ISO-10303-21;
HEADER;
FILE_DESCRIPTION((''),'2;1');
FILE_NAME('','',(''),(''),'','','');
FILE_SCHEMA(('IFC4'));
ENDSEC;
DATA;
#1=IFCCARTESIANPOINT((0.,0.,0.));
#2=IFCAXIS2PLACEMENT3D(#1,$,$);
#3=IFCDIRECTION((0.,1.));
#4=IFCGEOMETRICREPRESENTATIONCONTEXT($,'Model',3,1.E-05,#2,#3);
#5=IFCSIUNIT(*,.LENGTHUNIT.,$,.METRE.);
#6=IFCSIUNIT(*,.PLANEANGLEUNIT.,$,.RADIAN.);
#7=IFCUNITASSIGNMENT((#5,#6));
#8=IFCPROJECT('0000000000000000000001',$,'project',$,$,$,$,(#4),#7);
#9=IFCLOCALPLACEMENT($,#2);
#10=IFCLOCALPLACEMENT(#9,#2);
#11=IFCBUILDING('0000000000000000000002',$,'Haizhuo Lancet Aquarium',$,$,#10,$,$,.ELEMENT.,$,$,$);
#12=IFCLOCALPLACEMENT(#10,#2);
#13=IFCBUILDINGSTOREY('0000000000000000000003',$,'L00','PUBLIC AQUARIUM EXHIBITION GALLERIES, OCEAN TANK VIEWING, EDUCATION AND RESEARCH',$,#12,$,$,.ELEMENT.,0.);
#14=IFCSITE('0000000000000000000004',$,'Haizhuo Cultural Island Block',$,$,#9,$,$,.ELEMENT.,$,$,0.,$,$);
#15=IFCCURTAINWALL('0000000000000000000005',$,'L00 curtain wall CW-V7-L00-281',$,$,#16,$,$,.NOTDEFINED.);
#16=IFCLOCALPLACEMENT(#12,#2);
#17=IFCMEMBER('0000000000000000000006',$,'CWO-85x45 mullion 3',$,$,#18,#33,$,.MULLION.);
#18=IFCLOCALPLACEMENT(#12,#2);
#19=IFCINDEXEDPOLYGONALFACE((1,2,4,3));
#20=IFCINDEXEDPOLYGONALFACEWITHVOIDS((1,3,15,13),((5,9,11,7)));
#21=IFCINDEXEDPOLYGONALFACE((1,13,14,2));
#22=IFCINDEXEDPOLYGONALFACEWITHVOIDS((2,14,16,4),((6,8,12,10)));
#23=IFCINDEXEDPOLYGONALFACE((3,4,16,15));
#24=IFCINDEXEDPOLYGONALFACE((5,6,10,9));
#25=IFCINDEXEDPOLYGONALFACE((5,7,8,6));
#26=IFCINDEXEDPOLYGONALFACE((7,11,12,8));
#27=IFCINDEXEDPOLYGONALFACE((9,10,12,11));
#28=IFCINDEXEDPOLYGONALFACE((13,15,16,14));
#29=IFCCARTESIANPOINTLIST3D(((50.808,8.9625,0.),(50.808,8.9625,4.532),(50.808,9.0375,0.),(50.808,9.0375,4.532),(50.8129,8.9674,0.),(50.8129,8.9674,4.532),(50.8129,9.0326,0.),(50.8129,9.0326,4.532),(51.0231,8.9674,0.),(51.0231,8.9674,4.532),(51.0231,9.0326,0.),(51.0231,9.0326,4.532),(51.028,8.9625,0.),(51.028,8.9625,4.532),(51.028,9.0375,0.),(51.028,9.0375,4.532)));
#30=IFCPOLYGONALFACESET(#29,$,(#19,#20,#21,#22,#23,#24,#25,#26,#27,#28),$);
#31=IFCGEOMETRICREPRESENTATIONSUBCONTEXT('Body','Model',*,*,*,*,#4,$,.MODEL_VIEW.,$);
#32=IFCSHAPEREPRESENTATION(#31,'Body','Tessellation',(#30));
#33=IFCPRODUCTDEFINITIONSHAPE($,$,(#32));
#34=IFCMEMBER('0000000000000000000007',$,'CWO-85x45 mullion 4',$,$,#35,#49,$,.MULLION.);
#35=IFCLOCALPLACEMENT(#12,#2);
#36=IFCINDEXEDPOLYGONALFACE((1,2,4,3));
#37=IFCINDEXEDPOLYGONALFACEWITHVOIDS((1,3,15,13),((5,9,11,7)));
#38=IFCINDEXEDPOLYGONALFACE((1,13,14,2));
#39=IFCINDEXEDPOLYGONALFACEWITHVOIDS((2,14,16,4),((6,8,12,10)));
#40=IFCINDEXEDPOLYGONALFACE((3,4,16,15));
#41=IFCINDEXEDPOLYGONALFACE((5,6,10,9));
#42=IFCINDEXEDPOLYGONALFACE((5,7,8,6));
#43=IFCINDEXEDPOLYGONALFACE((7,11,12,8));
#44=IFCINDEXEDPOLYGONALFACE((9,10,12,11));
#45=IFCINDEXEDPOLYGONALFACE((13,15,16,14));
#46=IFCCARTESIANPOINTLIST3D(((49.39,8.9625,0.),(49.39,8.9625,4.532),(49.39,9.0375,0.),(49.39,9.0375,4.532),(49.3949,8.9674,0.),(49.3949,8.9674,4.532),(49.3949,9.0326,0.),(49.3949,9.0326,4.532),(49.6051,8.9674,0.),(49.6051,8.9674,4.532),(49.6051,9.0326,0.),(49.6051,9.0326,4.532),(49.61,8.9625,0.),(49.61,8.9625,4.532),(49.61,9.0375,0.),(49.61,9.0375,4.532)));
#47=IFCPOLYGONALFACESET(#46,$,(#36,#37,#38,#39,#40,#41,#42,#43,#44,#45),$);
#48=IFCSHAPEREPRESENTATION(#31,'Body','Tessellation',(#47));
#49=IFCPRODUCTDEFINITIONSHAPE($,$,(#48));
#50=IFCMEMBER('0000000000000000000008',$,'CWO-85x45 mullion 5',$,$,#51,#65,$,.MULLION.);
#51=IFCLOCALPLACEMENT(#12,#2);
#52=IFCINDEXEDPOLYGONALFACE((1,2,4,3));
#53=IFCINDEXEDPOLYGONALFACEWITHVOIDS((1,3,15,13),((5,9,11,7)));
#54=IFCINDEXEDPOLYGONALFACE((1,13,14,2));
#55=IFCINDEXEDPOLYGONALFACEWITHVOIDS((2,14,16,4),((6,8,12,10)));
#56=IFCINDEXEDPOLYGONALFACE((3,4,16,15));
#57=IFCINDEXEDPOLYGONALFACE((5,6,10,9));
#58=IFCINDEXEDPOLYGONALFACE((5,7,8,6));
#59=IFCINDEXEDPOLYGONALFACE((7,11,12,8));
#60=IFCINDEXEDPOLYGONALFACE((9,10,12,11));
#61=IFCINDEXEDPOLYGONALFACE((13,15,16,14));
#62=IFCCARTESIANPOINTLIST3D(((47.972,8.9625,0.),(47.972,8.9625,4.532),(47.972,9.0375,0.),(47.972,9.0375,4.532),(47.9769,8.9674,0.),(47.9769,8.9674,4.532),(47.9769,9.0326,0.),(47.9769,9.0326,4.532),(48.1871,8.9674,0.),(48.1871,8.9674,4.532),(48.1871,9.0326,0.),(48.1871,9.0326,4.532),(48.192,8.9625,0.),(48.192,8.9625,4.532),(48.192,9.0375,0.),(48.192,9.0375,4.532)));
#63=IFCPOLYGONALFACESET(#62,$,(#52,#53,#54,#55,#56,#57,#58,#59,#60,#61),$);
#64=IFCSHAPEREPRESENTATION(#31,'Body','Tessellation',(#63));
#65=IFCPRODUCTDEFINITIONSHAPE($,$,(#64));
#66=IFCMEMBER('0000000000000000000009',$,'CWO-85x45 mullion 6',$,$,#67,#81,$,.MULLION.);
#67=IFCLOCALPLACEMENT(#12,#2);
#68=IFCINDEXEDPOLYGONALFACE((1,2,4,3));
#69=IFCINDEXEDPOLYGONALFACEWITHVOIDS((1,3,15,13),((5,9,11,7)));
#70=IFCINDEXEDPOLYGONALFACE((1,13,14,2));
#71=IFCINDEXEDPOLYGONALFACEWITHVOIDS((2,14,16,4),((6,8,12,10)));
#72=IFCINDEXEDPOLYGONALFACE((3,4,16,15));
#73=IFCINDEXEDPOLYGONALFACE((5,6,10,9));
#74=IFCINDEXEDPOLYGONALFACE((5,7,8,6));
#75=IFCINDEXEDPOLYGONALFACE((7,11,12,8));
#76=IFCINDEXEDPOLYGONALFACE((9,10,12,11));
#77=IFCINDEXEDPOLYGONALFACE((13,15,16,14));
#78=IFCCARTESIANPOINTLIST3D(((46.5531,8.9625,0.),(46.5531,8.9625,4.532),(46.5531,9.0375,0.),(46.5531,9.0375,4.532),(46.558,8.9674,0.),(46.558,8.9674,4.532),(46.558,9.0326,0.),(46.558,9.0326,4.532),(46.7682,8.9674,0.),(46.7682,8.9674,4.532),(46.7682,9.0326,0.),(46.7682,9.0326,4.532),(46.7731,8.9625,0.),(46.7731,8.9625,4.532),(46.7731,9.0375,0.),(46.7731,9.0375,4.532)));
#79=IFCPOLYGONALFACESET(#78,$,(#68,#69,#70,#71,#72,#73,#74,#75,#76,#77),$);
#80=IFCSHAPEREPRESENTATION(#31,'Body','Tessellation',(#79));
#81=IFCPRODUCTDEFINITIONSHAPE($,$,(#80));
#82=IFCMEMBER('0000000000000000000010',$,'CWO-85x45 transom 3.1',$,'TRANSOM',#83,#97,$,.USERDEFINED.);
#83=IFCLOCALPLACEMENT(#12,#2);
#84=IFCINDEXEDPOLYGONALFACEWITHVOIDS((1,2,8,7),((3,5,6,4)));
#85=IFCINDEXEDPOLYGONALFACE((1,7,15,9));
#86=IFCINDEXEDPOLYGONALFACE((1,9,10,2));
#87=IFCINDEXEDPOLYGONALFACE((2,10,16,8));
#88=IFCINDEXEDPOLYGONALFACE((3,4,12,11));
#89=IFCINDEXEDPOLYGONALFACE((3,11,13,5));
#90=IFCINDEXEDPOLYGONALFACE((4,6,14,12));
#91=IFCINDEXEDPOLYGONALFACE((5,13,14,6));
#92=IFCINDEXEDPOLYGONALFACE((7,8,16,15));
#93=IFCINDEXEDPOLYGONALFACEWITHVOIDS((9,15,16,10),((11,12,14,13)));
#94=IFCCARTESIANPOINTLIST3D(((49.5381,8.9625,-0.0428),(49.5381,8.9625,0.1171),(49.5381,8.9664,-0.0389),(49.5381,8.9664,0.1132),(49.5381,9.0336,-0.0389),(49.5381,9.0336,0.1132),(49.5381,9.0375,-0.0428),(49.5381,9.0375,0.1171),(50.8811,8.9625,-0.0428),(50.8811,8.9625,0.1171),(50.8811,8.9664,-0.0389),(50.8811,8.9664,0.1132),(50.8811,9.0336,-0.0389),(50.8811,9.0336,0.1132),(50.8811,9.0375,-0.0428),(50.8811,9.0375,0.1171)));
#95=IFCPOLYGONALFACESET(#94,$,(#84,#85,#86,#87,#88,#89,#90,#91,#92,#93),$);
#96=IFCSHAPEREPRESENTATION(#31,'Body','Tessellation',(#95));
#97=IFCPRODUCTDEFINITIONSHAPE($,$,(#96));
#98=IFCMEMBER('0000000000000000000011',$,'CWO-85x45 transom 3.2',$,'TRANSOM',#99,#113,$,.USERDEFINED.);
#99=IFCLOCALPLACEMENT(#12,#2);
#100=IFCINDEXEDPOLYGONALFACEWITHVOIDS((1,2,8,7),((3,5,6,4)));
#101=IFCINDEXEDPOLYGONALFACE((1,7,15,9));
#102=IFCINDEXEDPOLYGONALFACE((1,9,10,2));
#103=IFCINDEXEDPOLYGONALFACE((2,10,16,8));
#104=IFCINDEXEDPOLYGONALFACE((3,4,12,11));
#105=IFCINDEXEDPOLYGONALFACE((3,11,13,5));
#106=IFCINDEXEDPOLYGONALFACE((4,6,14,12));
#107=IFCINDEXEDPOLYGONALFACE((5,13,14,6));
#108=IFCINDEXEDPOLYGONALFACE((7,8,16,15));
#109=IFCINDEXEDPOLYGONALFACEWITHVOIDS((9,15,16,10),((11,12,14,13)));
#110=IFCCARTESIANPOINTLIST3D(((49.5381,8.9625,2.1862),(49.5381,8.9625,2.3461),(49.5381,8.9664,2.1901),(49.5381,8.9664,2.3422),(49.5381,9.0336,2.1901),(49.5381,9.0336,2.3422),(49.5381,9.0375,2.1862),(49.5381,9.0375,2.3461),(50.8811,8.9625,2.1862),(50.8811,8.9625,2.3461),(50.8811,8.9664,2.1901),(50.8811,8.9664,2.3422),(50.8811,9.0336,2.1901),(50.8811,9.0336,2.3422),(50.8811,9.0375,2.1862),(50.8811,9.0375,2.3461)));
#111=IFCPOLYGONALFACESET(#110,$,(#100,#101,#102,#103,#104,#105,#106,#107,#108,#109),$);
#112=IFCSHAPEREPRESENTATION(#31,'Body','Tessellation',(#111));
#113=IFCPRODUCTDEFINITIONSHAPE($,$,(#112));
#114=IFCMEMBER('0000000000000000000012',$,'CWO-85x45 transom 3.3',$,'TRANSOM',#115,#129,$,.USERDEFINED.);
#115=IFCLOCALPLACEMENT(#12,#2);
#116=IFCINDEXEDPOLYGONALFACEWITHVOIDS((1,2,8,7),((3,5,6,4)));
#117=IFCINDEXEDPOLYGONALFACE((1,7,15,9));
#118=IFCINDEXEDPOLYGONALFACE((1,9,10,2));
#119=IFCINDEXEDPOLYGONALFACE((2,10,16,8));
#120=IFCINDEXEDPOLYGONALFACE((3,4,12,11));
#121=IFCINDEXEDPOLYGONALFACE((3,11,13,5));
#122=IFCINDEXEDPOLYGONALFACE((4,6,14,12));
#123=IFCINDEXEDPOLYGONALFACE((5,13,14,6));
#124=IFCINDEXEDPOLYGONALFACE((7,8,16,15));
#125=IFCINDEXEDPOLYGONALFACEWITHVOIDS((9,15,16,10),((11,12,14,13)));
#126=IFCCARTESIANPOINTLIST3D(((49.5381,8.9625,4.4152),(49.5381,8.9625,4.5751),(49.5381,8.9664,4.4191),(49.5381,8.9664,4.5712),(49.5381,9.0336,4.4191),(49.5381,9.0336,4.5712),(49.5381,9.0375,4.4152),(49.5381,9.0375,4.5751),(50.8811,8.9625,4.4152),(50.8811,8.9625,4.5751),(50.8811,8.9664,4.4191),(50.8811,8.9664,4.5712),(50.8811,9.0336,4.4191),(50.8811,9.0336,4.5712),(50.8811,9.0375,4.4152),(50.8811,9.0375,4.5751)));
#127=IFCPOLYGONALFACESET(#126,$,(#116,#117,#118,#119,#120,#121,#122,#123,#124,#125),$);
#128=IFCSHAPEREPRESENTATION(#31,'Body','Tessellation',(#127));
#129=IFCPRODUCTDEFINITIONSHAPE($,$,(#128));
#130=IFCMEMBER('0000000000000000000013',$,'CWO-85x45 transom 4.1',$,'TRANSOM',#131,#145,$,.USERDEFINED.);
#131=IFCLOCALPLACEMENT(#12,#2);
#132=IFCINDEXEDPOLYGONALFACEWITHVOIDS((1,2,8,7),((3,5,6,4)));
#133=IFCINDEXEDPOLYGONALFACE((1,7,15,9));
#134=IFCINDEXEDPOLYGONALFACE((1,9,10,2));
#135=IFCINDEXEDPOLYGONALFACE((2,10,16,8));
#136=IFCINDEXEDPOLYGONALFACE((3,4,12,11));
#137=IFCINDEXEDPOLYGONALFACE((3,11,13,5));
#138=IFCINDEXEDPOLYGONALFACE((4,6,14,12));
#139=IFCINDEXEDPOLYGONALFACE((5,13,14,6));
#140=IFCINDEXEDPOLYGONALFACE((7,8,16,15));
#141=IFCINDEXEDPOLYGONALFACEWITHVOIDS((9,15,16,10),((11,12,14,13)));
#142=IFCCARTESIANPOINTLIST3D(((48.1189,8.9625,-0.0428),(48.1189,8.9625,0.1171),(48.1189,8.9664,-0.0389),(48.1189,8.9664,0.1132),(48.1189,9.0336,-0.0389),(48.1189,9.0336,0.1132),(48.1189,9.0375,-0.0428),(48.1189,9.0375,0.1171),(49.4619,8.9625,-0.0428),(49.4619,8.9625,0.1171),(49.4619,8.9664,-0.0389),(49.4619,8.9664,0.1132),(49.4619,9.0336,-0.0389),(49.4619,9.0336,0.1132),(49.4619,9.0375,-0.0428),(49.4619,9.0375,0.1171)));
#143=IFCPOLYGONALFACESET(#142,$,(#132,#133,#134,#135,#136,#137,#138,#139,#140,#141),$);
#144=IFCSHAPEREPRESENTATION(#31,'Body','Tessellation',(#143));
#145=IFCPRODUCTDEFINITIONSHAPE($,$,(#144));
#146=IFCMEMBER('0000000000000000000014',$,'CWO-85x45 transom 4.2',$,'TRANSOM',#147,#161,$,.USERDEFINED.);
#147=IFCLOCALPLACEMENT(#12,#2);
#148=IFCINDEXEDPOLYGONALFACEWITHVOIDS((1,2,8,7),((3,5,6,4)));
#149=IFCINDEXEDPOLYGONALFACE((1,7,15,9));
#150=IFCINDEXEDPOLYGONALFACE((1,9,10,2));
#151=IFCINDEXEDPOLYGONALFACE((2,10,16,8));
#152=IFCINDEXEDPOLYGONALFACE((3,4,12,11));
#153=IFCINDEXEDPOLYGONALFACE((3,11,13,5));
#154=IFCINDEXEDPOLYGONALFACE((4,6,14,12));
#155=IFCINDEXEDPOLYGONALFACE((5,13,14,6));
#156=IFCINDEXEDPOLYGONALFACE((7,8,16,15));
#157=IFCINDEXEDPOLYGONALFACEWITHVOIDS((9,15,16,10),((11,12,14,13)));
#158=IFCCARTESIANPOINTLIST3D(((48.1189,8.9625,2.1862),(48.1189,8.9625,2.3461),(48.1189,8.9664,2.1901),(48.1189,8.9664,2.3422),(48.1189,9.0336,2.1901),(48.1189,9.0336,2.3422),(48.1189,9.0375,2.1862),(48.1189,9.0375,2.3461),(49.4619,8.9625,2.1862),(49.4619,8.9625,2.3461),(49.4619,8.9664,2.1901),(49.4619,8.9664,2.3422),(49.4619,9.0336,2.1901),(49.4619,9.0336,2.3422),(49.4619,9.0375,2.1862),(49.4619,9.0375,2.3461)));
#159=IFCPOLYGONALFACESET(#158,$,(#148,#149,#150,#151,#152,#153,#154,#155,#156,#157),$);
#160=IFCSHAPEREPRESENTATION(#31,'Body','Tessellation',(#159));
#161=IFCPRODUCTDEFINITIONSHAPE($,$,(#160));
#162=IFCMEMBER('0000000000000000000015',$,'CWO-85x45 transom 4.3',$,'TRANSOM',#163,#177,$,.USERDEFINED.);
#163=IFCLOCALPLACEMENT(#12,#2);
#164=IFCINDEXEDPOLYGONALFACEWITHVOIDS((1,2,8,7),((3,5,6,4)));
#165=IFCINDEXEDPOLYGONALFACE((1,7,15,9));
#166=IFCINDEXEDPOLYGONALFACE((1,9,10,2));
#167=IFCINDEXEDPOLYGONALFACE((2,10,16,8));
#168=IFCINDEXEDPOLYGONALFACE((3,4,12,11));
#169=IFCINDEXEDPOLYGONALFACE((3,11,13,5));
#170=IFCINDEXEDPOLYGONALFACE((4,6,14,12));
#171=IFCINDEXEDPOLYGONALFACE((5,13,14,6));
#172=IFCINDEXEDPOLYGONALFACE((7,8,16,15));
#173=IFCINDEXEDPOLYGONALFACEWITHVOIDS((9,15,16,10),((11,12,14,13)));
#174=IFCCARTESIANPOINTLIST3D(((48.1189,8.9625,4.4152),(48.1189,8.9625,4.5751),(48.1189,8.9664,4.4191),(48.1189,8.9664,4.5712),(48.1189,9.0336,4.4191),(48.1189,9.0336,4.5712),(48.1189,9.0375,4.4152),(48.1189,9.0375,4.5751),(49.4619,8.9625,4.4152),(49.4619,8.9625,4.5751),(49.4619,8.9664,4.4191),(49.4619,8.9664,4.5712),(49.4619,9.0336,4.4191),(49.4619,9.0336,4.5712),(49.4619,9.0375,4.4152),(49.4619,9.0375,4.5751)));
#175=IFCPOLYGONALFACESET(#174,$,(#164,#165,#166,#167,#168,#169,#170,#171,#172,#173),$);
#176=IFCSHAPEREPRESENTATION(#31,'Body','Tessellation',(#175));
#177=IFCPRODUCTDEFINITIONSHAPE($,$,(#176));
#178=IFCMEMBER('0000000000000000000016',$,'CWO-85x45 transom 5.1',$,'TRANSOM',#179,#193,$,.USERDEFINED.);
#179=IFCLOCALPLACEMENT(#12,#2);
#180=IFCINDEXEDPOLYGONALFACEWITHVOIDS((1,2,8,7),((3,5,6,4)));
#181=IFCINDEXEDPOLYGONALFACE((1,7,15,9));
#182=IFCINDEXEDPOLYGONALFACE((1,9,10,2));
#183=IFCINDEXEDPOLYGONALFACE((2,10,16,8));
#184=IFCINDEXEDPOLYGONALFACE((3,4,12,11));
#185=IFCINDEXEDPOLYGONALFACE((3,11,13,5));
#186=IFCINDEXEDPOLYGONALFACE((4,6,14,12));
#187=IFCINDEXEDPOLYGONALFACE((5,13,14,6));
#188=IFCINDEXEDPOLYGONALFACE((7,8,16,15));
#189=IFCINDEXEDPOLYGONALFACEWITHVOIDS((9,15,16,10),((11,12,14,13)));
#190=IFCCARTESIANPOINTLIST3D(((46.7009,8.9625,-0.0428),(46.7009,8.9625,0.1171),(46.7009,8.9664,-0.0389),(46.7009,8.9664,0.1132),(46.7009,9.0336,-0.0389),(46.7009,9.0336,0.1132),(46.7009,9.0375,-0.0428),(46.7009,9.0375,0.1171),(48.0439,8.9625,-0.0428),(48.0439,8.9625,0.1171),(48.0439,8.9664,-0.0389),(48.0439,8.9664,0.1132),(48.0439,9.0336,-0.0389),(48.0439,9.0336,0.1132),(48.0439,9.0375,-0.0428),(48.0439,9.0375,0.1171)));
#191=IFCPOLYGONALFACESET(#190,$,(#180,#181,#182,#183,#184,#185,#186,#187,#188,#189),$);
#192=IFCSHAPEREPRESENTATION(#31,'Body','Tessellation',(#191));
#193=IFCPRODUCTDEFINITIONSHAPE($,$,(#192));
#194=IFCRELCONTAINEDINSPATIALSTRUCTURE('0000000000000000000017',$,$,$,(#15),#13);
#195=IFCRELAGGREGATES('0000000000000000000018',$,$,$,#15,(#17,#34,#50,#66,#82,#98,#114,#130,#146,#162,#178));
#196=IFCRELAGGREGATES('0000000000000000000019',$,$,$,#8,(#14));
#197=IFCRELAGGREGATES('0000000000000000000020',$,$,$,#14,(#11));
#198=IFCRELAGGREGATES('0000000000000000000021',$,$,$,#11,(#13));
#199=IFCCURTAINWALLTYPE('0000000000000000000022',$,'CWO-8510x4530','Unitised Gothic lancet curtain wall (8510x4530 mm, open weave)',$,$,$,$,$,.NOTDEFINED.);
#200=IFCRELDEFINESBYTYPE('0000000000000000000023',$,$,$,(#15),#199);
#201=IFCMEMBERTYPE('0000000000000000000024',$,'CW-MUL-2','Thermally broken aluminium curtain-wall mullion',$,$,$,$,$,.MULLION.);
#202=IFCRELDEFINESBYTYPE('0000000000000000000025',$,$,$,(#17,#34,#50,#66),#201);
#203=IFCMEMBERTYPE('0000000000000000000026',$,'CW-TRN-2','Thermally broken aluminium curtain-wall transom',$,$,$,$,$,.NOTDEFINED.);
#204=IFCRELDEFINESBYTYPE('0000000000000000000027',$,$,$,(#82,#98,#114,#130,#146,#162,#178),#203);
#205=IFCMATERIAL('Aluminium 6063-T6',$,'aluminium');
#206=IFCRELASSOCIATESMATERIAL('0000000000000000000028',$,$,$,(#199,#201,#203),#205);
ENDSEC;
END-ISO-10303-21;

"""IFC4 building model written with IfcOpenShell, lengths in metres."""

from ifc_helpers import new_model, si_unit, direction, frame, origin, origin_2d, place, context, subcontext, project, spatial, hollow_rectangle, extrude, material, material_profile, profile_set, type_object, element, aggregate, save


model = new_model("IFC4")

# Units and contexts
model_context = context("Model", 3, precision=1e-05, world=origin(), true_north=direction((0.0, 1.0)))
body_context = subcontext(model_context, "Body", "Model", "MODEL_VIEW")
ifc_project = project(units=[si_unit("LENGTHUNIT", "METRE"), si_unit("PLANEANGLEUNIT", "RADIAN")], contexts=[model_context])

# Site, building, storey
site_placement = place(None, origin())
site = spatial("IfcSite", under=ifc_project, at=site_placement, Name="Haizhuo Cultural Island Block", CompositionType="ELEMENT", RefElevation=0.0)
building_placement = place(site_placement, origin())
building = spatial("IfcBuilding", under=site, at=building_placement, Name="Haizhuo Lancet Aquarium", CompositionType="ELEMENT")
storey_placement = place(building_placement, origin())
storey = spatial("IfcBuildingStorey", under=building, at=storey_placement, Name="L00", Description="PUBLIC AQUARIUM EXHIBITION GALLERIES, OCEAN TANK VIEWING, EDUCATION AND RESEARCH", CompositionType="ELEMENT", Elevation=0.0)

# Curtain wall, members
ifc_material_1 = material(Name="Aluminium 6063-T6", Category="aluminium")
curtain_wall_type = type_object("IfcCurtainWallType", Name="CWO-8510x4530", Description="Unitised Gothic lancet curtain wall (8510x4530 mm, open weave)", PredefinedType="NOTDEFINED", material=ifc_material_1)
curtain_wall_placement = place(storey_placement, origin())
curtain_wall = element("IfcCurtainWall", 1, at=curtain_wall_placement, inside=storey, type_object=curtain_wall_type, Name="L00 curtain wall CW-V7-L00-281", PredefinedType="NOTDEFINED")
ifc_material_profile_1 = material_profile(ifc_material_1, hollow_rectangle(XDim=0.075, YDim=0.22, WallThickness=0.0049, at=origin_2d()), Name="ALU-M 75x220x5")
ifc_profile_set_1 = profile_set([ifc_material_profile_1], Name="Aluminium 6063-T6")
member_type_1 = type_object("IfcMemberType", Name="CW-MUL-2", Description="Thermally broken aluminium curtain-wall mullion", PredefinedType="MULLION", material=ifc_profile_set_1)
member_1_placement = place(storey_placement, frame((50.918, 9.0, 0.0), z_axis=(0.0, 0.0, 1.0), x_axis=(0.0, -1.0, 0.0)))
member_1 = element("IfcMember", 2, at=member_1_placement, type_object=member_type_1, Name="CWO-85x45 mullion 3", PredefinedType="MULLION", context=body_context, shape_type="SweptSolid", body=[
    extrude(hollow_rectangle(XDim=0.075, YDim=0.22, WallThickness=0.0049, at=origin_2d()), origin(), (0.0, 0.0, 1.0), 4.532),
])
member_2_placement = place(storey_placement, frame((49.5, 9.0, 0.0), z_axis=(0.0, 0.0, 1.0), x_axis=(0.0, -1.0, 0.0)))
member_2 = element("IfcMember", 3, at=member_2_placement, type_object=member_type_1, Name="CWO-85x45 mullion 4", PredefinedType="MULLION", context=body_context, shape_type="SweptSolid", body=[
    extrude(hollow_rectangle(XDim=0.075, YDim=0.22, WallThickness=0.0049, at=origin_2d()), origin(), (0.0, 0.0, 1.0), 4.532),
])
member_3_placement = place(storey_placement, frame((48.082, 9.0, 0.0), z_axis=(0.0, 0.0, 1.0), x_axis=(0.0, -1.0, 0.0)))
member_3 = element("IfcMember", 4, at=member_3_placement, type_object=member_type_1, Name="CWO-85x45 mullion 5", PredefinedType="MULLION", context=body_context, shape_type="SweptSolid", body=[
    extrude(hollow_rectangle(XDim=0.075, YDim=0.22, WallThickness=0.0049, at=origin_2d()), origin(), (0.0, 0.0, 1.0), 4.532),
])
member_4_placement = place(storey_placement, frame((46.6631, 9.0, 0.0), z_axis=(0.0, 0.0, 1.0), x_axis=(0.0, -1.0, 0.0)))
member_4 = element("IfcMember", 5, at=member_4_placement, type_object=member_type_1, Name="CWO-85x45 mullion 6", PredefinedType="MULLION", context=body_context, shape_type="SweptSolid", body=[
    extrude(hollow_rectangle(XDim=0.075, YDim=0.22, WallThickness=0.0049, at=origin_2d()), origin(), (0.0, 0.0, 1.0), 4.532),
])
ifc_material_profile_2 = material_profile(ifc_material_1, hollow_rectangle(XDim=0.075, YDim=0.1599, WallThickness=0.0039, at=origin_2d()), Name="ALU-T 75x160x4")
ifc_profile_set_2 = profile_set([ifc_material_profile_2], Name="Aluminium 6063-T6")
member_type_2 = type_object("IfcMemberType", Name="CW-TRN-2", Description="Thermally broken aluminium curtain-wall transom", PredefinedType="NOTDEFINED", material=ifc_profile_set_2)
member_5_placement = place(storey_placement, frame((50.8811, 9.0, 0.0371), z_axis=(-1.0, 0.0, 0.0), x_axis=(0.0, -1.0, 0.0)))
member_5 = element("IfcMember", 6, at=member_5_placement, type_object=member_type_2, Name="CWO-85x45 transom 3.1", ObjectType="TRANSOM", PredefinedType="USERDEFINED", context=body_context, shape_type="SweptSolid", body=[
    extrude(hollow_rectangle(XDim=0.075, YDim=0.1599, WallThickness=0.0039, at=origin_2d()), origin(), (0.0, 0.0, 1.0), 1.343),
])
member_6_placement = place(storey_placement, frame((50.8811, 9.0, 2.2661), z_axis=(-1.0, 0.0, 0.0), x_axis=(0.0, -1.0, 0.0)))
member_6 = element("IfcMember", 7, at=member_6_placement, type_object=member_type_2, Name="CWO-85x45 transom 3.2", ObjectType="TRANSOM", PredefinedType="USERDEFINED", context=body_context, shape_type="SweptSolid", body=[
    extrude(hollow_rectangle(XDim=0.075, YDim=0.1599, WallThickness=0.0039, at=origin_2d()), origin(), (0.0, 0.0, 1.0), 1.343),
])
member_7_placement = place(storey_placement, frame((50.8811, 9.0, 4.4951), z_axis=(-1.0, 0.0, 0.0), x_axis=(0.0, -1.0, 0.0)))
member_7 = element("IfcMember", 8, at=member_7_placement, type_object=member_type_2, Name="CWO-85x45 transom 3.3", ObjectType="TRANSOM", PredefinedType="USERDEFINED", context=body_context, shape_type="SweptSolid", body=[
    extrude(hollow_rectangle(XDim=0.075, YDim=0.1599, WallThickness=0.0039, at=origin_2d()), origin(), (0.0, 0.0, 1.0), 1.343),
])
member_8_placement = place(storey_placement, frame((49.4619, 9.0, 0.0371), z_axis=(-1.0, 0.0, 0.0), x_axis=(0.0, -1.0, 0.0)))
member_8 = element("IfcMember", 9, at=member_8_placement, type_object=member_type_2, Name="CWO-85x45 transom 4.1", ObjectType="TRANSOM", PredefinedType="USERDEFINED", context=body_context, shape_type="SweptSolid", body=[
    extrude(hollow_rectangle(XDim=0.075, YDim=0.1599, WallThickness=0.0039, at=origin_2d()), origin(), (0.0, 0.0, 1.0), 1.343),
])
member_9_placement = place(storey_placement, frame((49.4619, 9.0, 2.2661), z_axis=(-1.0, 0.0, 0.0), x_axis=(0.0, -1.0, 0.0)))
member_9 = element("IfcMember", 10, at=member_9_placement, type_object=member_type_2, Name="CWO-85x45 transom 4.2", ObjectType="TRANSOM", PredefinedType="USERDEFINED", context=body_context, shape_type="SweptSolid", body=[
    extrude(hollow_rectangle(XDim=0.075, YDim=0.1599, WallThickness=0.0039, at=origin_2d()), origin(), (0.0, 0.0, 1.0), 1.343),
])
member_10_placement = place(storey_placement, frame((49.4619, 9.0, 4.4951), z_axis=(-1.0, 0.0, 0.0), x_axis=(0.0, -1.0, 0.0)))
member_10 = element("IfcMember", 11, at=member_10_placement, type_object=member_type_2, Name="CWO-85x45 transom 4.3", ObjectType="TRANSOM", PredefinedType="USERDEFINED", context=body_context, shape_type="SweptSolid", body=[
    extrude(hollow_rectangle(XDim=0.075, YDim=0.1599, WallThickness=0.0039, at=origin_2d()), origin(), (0.0, 0.0, 1.0), 1.343),
])
member_11_placement = place(storey_placement, frame((48.0439, 9.0, 0.0371), z_axis=(-1.0, 0.0, 0.0), x_axis=(0.0, -1.0, 0.0)))
member_11 = element("IfcMember", 12, at=member_11_placement, type_object=member_type_2, Name="CWO-85x45 transom 5.1", ObjectType="TRANSOM", PredefinedType="USERDEFINED", context=body_context, shape_type="SweptSolid", body=[
    extrude(hollow_rectangle(XDim=0.075, YDim=0.1599, WallThickness=0.0039, at=origin_2d()), origin(), (0.0, 0.0, 1.0), 1.343),
])

aggregate(curtain_wall, [member_1, member_2, member_3, member_4, member_5, member_6, member_7, member_8, member_9, member_10, member_11])

save(model, "model.ifc")
